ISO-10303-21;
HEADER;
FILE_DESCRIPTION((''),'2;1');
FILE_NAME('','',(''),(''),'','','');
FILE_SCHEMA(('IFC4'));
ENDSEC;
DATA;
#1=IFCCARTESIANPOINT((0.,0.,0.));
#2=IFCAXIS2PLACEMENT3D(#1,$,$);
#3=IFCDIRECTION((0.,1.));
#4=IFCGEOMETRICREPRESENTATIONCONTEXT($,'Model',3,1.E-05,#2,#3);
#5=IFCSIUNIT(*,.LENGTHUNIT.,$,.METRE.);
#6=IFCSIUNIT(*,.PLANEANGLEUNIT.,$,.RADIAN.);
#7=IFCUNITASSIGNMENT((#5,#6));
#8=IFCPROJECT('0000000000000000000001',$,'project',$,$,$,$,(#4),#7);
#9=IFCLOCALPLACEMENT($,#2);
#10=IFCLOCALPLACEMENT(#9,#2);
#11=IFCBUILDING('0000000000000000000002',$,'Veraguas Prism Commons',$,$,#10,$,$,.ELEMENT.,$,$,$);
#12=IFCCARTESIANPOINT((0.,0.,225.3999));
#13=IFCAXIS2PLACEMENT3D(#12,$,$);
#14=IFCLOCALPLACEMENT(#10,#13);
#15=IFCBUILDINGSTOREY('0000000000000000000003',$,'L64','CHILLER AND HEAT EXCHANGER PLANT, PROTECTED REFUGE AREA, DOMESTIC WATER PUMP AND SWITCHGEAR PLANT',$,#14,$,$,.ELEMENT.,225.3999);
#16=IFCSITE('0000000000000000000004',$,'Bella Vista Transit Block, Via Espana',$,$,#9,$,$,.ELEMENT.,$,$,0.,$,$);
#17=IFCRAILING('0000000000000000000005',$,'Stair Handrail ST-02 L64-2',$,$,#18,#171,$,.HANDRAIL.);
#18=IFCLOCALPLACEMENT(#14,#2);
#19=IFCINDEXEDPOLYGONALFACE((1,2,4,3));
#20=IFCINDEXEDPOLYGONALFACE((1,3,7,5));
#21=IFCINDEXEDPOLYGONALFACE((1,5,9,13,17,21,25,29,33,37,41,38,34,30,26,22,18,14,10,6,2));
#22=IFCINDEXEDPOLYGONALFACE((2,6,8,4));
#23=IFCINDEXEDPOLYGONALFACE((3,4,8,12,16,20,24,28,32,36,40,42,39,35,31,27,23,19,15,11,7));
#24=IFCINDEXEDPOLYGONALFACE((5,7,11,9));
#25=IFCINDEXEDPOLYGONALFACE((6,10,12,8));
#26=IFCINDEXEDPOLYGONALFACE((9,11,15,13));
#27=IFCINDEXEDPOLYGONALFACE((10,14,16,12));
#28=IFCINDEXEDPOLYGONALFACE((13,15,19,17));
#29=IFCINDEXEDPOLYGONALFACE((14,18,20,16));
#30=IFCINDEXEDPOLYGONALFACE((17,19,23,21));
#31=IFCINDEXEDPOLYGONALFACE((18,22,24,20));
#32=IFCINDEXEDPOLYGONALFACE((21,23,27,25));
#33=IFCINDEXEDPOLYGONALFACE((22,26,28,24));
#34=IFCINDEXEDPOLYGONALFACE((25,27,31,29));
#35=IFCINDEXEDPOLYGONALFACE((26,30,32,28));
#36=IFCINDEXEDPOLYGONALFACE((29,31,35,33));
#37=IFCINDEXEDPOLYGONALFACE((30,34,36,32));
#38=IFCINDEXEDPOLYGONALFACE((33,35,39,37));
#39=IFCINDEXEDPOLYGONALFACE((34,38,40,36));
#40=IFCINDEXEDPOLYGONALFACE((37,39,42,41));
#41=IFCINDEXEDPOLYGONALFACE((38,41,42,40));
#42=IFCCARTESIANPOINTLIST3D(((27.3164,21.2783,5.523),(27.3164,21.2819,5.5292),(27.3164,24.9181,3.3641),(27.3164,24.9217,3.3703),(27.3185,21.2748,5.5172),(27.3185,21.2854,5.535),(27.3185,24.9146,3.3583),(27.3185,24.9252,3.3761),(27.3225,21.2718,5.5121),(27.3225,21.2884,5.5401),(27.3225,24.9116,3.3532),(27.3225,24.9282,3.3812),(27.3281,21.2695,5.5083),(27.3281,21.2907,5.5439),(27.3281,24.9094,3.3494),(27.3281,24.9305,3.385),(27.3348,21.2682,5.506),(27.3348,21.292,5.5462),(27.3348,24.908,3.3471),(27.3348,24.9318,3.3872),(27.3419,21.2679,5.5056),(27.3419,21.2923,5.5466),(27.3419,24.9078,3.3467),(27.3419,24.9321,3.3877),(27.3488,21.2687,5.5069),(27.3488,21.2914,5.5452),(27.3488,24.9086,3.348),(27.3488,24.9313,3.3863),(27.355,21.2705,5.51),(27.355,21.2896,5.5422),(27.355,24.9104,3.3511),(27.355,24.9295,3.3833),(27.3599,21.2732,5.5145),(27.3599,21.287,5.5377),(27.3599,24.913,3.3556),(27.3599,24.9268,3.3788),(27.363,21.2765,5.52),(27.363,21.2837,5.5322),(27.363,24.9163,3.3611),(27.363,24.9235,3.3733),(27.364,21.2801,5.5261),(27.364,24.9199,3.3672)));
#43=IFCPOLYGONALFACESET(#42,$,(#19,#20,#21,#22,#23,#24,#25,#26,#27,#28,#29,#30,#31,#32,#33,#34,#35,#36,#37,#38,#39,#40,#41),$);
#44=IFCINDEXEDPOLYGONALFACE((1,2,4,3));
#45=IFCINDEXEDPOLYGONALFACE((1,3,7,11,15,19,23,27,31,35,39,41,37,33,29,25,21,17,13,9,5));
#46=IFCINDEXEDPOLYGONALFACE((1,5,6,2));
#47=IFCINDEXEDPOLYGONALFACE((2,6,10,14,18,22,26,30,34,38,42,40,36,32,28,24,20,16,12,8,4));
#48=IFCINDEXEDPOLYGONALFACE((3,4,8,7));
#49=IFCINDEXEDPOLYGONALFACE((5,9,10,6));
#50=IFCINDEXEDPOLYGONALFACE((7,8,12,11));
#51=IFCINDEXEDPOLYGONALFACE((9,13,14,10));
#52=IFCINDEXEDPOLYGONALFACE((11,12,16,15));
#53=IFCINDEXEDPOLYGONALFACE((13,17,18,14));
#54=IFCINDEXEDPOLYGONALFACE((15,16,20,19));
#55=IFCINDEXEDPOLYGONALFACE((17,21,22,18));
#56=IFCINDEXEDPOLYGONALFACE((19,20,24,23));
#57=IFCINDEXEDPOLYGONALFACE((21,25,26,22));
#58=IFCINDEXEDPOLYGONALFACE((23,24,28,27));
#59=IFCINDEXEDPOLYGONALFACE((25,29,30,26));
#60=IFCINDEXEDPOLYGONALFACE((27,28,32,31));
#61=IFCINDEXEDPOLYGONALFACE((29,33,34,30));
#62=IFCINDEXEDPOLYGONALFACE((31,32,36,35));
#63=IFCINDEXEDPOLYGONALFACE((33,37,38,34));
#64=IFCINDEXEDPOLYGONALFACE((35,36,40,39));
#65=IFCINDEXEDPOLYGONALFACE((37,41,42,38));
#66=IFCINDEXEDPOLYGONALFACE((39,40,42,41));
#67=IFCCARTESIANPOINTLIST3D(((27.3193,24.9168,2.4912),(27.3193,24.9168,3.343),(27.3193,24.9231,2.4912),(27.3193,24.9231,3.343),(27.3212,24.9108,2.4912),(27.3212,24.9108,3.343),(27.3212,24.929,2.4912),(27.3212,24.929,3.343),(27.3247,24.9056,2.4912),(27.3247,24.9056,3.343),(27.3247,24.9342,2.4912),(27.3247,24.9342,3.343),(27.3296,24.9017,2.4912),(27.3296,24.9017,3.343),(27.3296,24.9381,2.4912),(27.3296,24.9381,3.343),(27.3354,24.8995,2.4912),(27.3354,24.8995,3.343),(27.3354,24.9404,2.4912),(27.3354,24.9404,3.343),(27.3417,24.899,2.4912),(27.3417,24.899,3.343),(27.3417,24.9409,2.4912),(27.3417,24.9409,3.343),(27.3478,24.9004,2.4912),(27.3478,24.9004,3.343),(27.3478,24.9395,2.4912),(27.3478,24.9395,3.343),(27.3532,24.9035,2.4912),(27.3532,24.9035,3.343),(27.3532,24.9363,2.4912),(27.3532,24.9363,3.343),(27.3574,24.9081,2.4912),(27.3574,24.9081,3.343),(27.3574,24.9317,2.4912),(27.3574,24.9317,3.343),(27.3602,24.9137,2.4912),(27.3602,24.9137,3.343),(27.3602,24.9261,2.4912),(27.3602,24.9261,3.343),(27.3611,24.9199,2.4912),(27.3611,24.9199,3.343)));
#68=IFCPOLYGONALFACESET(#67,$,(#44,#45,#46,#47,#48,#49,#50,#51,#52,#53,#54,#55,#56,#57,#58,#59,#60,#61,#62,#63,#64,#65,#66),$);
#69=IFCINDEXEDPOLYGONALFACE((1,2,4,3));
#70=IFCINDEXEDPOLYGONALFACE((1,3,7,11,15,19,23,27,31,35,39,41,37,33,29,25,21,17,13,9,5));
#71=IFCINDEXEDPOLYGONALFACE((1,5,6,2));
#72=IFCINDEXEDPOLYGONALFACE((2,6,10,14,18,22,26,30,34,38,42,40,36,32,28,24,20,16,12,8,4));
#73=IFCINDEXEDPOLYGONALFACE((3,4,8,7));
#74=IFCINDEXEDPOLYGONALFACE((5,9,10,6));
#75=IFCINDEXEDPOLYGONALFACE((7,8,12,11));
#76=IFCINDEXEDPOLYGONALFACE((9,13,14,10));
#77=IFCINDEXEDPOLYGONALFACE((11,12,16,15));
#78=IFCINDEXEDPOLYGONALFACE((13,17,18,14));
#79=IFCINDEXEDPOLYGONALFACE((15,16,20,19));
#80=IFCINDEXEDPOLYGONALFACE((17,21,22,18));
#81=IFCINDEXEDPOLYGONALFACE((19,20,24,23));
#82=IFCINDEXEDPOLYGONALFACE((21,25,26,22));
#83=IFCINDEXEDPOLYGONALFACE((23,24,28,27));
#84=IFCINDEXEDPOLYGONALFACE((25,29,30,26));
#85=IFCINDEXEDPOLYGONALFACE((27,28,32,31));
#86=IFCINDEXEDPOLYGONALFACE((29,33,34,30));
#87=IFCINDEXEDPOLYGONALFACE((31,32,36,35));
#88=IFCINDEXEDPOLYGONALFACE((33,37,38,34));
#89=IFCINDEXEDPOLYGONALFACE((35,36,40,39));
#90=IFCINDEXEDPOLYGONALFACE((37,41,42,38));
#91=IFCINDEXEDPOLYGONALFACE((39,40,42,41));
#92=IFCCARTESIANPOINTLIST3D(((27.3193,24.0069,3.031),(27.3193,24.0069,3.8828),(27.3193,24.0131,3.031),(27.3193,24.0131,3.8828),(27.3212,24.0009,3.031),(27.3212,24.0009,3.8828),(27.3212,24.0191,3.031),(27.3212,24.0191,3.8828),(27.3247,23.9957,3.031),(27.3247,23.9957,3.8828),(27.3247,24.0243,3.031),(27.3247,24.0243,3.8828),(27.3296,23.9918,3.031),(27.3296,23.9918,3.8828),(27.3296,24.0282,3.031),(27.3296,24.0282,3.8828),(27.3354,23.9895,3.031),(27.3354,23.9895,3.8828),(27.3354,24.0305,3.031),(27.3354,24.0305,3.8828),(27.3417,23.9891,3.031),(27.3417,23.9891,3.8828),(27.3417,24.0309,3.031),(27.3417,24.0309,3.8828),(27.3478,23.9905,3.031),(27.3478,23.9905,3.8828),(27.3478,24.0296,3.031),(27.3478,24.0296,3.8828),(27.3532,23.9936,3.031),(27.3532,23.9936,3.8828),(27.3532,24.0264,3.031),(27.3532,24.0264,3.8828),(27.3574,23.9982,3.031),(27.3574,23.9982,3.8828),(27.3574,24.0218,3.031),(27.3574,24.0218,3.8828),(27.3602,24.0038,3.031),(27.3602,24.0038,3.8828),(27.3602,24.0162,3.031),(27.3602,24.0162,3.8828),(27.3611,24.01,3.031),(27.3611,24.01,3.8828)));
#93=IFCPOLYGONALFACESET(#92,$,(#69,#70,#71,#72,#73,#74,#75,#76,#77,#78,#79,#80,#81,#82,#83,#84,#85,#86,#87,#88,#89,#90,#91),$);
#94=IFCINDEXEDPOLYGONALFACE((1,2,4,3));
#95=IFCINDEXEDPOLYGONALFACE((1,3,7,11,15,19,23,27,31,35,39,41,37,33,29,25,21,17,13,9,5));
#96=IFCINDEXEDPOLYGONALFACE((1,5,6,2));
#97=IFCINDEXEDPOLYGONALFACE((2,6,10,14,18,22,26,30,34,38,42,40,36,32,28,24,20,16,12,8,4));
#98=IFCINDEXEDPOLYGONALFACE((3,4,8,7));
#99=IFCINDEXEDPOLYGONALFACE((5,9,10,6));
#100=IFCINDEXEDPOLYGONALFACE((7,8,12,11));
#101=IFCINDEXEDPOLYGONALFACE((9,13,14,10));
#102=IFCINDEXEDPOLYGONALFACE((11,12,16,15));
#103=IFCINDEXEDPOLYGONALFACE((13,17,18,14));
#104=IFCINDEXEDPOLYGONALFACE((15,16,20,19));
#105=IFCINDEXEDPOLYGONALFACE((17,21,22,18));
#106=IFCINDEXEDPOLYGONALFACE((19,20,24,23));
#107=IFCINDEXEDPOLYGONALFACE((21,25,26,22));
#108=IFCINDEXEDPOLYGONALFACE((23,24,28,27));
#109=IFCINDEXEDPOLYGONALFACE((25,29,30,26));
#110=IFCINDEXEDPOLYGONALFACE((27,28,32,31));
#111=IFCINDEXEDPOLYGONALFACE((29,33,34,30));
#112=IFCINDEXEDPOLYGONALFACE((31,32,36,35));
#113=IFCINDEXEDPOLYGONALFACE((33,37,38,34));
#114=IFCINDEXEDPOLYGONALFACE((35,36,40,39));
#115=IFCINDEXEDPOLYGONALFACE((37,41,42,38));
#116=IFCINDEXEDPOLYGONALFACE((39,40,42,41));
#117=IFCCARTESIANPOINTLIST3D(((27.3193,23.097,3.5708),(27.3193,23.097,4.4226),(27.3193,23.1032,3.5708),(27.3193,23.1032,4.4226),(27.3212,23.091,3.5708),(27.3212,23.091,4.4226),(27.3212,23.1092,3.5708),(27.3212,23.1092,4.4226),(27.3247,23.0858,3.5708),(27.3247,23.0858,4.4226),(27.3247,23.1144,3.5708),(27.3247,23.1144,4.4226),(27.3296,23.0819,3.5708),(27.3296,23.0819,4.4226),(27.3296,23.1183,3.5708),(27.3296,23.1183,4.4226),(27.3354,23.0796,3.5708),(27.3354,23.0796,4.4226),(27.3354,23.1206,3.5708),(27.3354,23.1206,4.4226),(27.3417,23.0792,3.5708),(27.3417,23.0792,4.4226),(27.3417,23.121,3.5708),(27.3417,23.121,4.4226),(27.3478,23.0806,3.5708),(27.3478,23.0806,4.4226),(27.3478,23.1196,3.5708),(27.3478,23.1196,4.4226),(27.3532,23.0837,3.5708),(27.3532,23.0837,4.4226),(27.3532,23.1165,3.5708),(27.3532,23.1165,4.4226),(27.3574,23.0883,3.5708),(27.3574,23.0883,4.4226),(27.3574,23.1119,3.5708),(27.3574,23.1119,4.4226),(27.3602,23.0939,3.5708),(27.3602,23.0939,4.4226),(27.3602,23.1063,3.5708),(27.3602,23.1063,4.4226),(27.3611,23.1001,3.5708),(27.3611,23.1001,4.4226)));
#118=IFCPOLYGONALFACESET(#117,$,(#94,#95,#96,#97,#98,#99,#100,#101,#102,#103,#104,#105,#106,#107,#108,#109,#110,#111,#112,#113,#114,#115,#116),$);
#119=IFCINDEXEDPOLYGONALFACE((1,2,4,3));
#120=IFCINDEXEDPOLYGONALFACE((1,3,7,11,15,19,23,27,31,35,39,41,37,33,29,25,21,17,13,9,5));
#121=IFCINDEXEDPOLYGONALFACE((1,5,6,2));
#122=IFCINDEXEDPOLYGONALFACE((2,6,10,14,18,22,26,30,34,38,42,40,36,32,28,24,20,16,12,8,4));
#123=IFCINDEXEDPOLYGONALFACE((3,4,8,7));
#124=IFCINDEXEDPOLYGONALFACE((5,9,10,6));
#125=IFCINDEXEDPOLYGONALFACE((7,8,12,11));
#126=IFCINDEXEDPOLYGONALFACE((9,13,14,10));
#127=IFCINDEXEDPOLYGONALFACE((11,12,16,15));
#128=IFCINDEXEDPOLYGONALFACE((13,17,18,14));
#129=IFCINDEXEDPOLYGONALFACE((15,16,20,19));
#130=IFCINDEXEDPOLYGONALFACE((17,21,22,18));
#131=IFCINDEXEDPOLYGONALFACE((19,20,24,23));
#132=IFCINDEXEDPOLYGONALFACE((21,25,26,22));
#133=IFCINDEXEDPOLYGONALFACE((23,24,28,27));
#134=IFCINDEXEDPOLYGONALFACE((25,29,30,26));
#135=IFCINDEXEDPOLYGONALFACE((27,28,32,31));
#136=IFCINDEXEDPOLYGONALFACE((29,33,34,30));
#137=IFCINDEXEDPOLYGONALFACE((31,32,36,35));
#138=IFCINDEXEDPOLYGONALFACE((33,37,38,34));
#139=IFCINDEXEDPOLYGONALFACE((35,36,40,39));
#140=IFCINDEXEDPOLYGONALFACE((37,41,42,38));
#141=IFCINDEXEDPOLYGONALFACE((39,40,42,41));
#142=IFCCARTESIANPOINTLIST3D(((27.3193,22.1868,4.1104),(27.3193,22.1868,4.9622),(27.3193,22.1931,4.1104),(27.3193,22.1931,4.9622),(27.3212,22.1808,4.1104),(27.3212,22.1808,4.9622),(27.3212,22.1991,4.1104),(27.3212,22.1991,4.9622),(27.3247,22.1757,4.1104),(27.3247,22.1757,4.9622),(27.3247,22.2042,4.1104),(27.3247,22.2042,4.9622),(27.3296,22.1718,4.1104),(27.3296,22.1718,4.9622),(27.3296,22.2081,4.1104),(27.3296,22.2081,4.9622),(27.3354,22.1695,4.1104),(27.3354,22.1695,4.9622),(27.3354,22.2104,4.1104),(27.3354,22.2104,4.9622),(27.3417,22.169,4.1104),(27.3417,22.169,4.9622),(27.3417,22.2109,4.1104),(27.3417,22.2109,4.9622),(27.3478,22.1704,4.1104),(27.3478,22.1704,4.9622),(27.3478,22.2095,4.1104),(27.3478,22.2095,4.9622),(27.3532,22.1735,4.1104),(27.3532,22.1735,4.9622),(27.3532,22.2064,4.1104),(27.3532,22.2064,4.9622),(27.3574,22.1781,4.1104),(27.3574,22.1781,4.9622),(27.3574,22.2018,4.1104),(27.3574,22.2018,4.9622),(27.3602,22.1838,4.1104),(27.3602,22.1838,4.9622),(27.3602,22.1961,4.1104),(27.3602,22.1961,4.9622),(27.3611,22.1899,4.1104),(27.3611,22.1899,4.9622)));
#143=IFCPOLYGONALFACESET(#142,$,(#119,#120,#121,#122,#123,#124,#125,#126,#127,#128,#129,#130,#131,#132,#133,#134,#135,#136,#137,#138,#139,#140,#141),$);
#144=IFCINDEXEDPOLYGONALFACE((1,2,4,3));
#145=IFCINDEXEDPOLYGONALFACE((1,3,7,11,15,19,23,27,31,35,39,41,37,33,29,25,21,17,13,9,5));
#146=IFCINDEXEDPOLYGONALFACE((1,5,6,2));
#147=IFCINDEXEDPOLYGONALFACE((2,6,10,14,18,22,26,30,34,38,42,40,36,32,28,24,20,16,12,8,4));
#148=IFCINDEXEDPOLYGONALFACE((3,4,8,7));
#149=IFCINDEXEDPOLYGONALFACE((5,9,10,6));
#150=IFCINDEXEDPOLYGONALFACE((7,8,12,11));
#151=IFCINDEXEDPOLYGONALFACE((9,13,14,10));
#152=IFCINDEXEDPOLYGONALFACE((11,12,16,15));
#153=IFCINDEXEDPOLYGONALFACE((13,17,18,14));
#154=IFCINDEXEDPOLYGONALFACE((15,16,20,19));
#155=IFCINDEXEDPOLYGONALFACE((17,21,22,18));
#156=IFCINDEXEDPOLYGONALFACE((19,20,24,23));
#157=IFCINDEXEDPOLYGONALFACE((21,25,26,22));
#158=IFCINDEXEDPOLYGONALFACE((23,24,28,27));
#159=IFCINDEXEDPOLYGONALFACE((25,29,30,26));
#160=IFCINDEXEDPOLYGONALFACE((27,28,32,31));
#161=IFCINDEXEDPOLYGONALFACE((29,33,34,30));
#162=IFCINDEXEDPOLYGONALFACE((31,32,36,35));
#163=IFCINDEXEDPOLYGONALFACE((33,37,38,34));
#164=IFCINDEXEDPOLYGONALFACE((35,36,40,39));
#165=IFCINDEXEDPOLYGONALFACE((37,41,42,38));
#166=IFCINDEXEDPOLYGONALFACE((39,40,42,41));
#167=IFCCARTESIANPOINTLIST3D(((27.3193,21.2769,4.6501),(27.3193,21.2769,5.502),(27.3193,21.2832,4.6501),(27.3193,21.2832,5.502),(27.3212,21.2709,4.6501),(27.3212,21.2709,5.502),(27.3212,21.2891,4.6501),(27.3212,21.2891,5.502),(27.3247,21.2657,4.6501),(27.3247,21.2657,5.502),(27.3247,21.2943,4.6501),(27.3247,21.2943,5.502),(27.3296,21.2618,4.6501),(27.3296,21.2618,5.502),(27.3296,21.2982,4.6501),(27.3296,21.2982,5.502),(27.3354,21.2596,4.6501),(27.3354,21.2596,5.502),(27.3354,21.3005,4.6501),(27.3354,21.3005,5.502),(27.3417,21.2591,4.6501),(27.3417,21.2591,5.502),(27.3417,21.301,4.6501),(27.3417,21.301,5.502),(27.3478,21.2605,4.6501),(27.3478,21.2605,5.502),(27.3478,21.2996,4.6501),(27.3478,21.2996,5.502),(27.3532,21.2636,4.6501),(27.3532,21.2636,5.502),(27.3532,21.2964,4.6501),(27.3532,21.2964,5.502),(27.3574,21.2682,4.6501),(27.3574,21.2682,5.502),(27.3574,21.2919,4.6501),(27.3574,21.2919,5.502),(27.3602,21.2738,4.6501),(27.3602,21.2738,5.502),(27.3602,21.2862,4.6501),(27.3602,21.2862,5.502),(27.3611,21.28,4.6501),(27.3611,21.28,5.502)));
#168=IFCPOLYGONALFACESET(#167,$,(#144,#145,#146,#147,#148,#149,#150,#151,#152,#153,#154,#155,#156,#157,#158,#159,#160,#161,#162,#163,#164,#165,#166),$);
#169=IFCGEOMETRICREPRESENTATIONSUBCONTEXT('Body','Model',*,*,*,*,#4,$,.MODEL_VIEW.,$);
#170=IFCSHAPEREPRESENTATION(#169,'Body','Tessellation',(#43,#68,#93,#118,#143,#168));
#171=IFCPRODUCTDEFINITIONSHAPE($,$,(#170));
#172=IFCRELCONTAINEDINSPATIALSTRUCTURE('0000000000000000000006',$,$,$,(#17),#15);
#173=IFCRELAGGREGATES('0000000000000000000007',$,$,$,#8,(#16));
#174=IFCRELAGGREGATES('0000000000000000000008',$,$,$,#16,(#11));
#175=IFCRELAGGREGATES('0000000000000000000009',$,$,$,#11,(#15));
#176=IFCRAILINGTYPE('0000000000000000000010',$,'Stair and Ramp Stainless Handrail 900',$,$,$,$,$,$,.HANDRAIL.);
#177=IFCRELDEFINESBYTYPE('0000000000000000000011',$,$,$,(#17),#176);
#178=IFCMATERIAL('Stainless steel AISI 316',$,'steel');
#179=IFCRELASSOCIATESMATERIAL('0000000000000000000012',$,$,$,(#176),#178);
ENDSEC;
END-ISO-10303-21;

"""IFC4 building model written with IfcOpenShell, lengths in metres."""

from ifc_helpers import new_model, si_unit, direction, frame, origin, origin_2d, place, context, subcontext, project, spatial, circle, extrude, material, type_object, element, save


model = new_model("IFC4")

# Units and contexts
model_context = context("Model", 3, precision=1e-05, world=origin(), true_north=direction((0.0, 1.0)))
body_context = subcontext(model_context, "Body", "Model", "MODEL_VIEW")
ifc_project = project(units=[si_unit("LENGTHUNIT", "METRE"), si_unit("PLANEANGLEUNIT", "RADIAN")], contexts=[model_context])

# Site, building, storey
site_placement = place(None, origin())
site = spatial("IfcSite", under=ifc_project, at=site_placement, Name="Bella Vista Transit Block, Via Espana", CompositionType="ELEMENT", RefElevation=0.0)
building_placement = place(site_placement, origin())
building = spatial("IfcBuilding", under=site, at=building_placement, Name="Veraguas Prism Commons", CompositionType="ELEMENT")
storey_placement = place(building_placement, frame((0.0, 0.0, 225.3999)))
storey = spatial("IfcBuildingStorey", under=building, at=storey_placement, Name="L64", Description="CHILLER AND HEAT EXCHANGER PLANT, PROTECTED REFUGE AREA, DOMESTIC WATER PUMP AND SWITCHGEAR PLANT", CompositionType="ELEMENT", Elevation=225.3999)

# Railing
ifc_material_1 = material(Name="Stainless steel AISI 316", Category="steel")
railing_type_1 = type_object("IfcRailingType", Name="Stair and Ramp Stainless Handrail 900", PredefinedType="HANDRAIL", material=ifc_material_1)
railing_1_placement = place(storey_placement, frame((27.3401, 24.9199, 2.4912)))
element("IfcRailing", 1, at=railing_1_placement, inside=storey, type_object=railing_type_1, Name="Stair Handrail ST-02 L64-2", PredefinedType="HANDRAIL", context=body_context, shape_type="SweptSolid", body=[
    extrude(circle(Radius=0.0239, at=origin_2d()), frame((0.0, 0.0, 0.876), z_axis=(0.0, -0.860088, 0.510145), x_axis=(1.0, 0.0, 0.0)), (0.0, 0.0, 1.0), 4.2319),
    extrude(circle(Radius=0.021, at=origin_2d()), origin(), (0.0, 0.0, 1.0), 0.8518),
    extrude(circle(Radius=0.021, at=origin_2d()), frame((0.0, -0.9099, 0.5398)), (0.0, 0.0, 1.0), 0.8518),
    extrude(circle(Radius=0.021, at=origin_2d()), frame((0.0, -1.8198, 1.0796)), (0.0, 0.0, 1.0), 0.8518),
    extrude(circle(Radius=0.021, at=origin_2d()), frame((0.0, -2.73, 1.6191)), (0.0, 0.0, 1.0), 0.8518),
    extrude(circle(Radius=0.021, at=origin_2d()), frame((0.0, -3.6399, 2.1589)), (0.0, 0.0, 1.0), 0.8518),
])

save(model, "model.ifc")
